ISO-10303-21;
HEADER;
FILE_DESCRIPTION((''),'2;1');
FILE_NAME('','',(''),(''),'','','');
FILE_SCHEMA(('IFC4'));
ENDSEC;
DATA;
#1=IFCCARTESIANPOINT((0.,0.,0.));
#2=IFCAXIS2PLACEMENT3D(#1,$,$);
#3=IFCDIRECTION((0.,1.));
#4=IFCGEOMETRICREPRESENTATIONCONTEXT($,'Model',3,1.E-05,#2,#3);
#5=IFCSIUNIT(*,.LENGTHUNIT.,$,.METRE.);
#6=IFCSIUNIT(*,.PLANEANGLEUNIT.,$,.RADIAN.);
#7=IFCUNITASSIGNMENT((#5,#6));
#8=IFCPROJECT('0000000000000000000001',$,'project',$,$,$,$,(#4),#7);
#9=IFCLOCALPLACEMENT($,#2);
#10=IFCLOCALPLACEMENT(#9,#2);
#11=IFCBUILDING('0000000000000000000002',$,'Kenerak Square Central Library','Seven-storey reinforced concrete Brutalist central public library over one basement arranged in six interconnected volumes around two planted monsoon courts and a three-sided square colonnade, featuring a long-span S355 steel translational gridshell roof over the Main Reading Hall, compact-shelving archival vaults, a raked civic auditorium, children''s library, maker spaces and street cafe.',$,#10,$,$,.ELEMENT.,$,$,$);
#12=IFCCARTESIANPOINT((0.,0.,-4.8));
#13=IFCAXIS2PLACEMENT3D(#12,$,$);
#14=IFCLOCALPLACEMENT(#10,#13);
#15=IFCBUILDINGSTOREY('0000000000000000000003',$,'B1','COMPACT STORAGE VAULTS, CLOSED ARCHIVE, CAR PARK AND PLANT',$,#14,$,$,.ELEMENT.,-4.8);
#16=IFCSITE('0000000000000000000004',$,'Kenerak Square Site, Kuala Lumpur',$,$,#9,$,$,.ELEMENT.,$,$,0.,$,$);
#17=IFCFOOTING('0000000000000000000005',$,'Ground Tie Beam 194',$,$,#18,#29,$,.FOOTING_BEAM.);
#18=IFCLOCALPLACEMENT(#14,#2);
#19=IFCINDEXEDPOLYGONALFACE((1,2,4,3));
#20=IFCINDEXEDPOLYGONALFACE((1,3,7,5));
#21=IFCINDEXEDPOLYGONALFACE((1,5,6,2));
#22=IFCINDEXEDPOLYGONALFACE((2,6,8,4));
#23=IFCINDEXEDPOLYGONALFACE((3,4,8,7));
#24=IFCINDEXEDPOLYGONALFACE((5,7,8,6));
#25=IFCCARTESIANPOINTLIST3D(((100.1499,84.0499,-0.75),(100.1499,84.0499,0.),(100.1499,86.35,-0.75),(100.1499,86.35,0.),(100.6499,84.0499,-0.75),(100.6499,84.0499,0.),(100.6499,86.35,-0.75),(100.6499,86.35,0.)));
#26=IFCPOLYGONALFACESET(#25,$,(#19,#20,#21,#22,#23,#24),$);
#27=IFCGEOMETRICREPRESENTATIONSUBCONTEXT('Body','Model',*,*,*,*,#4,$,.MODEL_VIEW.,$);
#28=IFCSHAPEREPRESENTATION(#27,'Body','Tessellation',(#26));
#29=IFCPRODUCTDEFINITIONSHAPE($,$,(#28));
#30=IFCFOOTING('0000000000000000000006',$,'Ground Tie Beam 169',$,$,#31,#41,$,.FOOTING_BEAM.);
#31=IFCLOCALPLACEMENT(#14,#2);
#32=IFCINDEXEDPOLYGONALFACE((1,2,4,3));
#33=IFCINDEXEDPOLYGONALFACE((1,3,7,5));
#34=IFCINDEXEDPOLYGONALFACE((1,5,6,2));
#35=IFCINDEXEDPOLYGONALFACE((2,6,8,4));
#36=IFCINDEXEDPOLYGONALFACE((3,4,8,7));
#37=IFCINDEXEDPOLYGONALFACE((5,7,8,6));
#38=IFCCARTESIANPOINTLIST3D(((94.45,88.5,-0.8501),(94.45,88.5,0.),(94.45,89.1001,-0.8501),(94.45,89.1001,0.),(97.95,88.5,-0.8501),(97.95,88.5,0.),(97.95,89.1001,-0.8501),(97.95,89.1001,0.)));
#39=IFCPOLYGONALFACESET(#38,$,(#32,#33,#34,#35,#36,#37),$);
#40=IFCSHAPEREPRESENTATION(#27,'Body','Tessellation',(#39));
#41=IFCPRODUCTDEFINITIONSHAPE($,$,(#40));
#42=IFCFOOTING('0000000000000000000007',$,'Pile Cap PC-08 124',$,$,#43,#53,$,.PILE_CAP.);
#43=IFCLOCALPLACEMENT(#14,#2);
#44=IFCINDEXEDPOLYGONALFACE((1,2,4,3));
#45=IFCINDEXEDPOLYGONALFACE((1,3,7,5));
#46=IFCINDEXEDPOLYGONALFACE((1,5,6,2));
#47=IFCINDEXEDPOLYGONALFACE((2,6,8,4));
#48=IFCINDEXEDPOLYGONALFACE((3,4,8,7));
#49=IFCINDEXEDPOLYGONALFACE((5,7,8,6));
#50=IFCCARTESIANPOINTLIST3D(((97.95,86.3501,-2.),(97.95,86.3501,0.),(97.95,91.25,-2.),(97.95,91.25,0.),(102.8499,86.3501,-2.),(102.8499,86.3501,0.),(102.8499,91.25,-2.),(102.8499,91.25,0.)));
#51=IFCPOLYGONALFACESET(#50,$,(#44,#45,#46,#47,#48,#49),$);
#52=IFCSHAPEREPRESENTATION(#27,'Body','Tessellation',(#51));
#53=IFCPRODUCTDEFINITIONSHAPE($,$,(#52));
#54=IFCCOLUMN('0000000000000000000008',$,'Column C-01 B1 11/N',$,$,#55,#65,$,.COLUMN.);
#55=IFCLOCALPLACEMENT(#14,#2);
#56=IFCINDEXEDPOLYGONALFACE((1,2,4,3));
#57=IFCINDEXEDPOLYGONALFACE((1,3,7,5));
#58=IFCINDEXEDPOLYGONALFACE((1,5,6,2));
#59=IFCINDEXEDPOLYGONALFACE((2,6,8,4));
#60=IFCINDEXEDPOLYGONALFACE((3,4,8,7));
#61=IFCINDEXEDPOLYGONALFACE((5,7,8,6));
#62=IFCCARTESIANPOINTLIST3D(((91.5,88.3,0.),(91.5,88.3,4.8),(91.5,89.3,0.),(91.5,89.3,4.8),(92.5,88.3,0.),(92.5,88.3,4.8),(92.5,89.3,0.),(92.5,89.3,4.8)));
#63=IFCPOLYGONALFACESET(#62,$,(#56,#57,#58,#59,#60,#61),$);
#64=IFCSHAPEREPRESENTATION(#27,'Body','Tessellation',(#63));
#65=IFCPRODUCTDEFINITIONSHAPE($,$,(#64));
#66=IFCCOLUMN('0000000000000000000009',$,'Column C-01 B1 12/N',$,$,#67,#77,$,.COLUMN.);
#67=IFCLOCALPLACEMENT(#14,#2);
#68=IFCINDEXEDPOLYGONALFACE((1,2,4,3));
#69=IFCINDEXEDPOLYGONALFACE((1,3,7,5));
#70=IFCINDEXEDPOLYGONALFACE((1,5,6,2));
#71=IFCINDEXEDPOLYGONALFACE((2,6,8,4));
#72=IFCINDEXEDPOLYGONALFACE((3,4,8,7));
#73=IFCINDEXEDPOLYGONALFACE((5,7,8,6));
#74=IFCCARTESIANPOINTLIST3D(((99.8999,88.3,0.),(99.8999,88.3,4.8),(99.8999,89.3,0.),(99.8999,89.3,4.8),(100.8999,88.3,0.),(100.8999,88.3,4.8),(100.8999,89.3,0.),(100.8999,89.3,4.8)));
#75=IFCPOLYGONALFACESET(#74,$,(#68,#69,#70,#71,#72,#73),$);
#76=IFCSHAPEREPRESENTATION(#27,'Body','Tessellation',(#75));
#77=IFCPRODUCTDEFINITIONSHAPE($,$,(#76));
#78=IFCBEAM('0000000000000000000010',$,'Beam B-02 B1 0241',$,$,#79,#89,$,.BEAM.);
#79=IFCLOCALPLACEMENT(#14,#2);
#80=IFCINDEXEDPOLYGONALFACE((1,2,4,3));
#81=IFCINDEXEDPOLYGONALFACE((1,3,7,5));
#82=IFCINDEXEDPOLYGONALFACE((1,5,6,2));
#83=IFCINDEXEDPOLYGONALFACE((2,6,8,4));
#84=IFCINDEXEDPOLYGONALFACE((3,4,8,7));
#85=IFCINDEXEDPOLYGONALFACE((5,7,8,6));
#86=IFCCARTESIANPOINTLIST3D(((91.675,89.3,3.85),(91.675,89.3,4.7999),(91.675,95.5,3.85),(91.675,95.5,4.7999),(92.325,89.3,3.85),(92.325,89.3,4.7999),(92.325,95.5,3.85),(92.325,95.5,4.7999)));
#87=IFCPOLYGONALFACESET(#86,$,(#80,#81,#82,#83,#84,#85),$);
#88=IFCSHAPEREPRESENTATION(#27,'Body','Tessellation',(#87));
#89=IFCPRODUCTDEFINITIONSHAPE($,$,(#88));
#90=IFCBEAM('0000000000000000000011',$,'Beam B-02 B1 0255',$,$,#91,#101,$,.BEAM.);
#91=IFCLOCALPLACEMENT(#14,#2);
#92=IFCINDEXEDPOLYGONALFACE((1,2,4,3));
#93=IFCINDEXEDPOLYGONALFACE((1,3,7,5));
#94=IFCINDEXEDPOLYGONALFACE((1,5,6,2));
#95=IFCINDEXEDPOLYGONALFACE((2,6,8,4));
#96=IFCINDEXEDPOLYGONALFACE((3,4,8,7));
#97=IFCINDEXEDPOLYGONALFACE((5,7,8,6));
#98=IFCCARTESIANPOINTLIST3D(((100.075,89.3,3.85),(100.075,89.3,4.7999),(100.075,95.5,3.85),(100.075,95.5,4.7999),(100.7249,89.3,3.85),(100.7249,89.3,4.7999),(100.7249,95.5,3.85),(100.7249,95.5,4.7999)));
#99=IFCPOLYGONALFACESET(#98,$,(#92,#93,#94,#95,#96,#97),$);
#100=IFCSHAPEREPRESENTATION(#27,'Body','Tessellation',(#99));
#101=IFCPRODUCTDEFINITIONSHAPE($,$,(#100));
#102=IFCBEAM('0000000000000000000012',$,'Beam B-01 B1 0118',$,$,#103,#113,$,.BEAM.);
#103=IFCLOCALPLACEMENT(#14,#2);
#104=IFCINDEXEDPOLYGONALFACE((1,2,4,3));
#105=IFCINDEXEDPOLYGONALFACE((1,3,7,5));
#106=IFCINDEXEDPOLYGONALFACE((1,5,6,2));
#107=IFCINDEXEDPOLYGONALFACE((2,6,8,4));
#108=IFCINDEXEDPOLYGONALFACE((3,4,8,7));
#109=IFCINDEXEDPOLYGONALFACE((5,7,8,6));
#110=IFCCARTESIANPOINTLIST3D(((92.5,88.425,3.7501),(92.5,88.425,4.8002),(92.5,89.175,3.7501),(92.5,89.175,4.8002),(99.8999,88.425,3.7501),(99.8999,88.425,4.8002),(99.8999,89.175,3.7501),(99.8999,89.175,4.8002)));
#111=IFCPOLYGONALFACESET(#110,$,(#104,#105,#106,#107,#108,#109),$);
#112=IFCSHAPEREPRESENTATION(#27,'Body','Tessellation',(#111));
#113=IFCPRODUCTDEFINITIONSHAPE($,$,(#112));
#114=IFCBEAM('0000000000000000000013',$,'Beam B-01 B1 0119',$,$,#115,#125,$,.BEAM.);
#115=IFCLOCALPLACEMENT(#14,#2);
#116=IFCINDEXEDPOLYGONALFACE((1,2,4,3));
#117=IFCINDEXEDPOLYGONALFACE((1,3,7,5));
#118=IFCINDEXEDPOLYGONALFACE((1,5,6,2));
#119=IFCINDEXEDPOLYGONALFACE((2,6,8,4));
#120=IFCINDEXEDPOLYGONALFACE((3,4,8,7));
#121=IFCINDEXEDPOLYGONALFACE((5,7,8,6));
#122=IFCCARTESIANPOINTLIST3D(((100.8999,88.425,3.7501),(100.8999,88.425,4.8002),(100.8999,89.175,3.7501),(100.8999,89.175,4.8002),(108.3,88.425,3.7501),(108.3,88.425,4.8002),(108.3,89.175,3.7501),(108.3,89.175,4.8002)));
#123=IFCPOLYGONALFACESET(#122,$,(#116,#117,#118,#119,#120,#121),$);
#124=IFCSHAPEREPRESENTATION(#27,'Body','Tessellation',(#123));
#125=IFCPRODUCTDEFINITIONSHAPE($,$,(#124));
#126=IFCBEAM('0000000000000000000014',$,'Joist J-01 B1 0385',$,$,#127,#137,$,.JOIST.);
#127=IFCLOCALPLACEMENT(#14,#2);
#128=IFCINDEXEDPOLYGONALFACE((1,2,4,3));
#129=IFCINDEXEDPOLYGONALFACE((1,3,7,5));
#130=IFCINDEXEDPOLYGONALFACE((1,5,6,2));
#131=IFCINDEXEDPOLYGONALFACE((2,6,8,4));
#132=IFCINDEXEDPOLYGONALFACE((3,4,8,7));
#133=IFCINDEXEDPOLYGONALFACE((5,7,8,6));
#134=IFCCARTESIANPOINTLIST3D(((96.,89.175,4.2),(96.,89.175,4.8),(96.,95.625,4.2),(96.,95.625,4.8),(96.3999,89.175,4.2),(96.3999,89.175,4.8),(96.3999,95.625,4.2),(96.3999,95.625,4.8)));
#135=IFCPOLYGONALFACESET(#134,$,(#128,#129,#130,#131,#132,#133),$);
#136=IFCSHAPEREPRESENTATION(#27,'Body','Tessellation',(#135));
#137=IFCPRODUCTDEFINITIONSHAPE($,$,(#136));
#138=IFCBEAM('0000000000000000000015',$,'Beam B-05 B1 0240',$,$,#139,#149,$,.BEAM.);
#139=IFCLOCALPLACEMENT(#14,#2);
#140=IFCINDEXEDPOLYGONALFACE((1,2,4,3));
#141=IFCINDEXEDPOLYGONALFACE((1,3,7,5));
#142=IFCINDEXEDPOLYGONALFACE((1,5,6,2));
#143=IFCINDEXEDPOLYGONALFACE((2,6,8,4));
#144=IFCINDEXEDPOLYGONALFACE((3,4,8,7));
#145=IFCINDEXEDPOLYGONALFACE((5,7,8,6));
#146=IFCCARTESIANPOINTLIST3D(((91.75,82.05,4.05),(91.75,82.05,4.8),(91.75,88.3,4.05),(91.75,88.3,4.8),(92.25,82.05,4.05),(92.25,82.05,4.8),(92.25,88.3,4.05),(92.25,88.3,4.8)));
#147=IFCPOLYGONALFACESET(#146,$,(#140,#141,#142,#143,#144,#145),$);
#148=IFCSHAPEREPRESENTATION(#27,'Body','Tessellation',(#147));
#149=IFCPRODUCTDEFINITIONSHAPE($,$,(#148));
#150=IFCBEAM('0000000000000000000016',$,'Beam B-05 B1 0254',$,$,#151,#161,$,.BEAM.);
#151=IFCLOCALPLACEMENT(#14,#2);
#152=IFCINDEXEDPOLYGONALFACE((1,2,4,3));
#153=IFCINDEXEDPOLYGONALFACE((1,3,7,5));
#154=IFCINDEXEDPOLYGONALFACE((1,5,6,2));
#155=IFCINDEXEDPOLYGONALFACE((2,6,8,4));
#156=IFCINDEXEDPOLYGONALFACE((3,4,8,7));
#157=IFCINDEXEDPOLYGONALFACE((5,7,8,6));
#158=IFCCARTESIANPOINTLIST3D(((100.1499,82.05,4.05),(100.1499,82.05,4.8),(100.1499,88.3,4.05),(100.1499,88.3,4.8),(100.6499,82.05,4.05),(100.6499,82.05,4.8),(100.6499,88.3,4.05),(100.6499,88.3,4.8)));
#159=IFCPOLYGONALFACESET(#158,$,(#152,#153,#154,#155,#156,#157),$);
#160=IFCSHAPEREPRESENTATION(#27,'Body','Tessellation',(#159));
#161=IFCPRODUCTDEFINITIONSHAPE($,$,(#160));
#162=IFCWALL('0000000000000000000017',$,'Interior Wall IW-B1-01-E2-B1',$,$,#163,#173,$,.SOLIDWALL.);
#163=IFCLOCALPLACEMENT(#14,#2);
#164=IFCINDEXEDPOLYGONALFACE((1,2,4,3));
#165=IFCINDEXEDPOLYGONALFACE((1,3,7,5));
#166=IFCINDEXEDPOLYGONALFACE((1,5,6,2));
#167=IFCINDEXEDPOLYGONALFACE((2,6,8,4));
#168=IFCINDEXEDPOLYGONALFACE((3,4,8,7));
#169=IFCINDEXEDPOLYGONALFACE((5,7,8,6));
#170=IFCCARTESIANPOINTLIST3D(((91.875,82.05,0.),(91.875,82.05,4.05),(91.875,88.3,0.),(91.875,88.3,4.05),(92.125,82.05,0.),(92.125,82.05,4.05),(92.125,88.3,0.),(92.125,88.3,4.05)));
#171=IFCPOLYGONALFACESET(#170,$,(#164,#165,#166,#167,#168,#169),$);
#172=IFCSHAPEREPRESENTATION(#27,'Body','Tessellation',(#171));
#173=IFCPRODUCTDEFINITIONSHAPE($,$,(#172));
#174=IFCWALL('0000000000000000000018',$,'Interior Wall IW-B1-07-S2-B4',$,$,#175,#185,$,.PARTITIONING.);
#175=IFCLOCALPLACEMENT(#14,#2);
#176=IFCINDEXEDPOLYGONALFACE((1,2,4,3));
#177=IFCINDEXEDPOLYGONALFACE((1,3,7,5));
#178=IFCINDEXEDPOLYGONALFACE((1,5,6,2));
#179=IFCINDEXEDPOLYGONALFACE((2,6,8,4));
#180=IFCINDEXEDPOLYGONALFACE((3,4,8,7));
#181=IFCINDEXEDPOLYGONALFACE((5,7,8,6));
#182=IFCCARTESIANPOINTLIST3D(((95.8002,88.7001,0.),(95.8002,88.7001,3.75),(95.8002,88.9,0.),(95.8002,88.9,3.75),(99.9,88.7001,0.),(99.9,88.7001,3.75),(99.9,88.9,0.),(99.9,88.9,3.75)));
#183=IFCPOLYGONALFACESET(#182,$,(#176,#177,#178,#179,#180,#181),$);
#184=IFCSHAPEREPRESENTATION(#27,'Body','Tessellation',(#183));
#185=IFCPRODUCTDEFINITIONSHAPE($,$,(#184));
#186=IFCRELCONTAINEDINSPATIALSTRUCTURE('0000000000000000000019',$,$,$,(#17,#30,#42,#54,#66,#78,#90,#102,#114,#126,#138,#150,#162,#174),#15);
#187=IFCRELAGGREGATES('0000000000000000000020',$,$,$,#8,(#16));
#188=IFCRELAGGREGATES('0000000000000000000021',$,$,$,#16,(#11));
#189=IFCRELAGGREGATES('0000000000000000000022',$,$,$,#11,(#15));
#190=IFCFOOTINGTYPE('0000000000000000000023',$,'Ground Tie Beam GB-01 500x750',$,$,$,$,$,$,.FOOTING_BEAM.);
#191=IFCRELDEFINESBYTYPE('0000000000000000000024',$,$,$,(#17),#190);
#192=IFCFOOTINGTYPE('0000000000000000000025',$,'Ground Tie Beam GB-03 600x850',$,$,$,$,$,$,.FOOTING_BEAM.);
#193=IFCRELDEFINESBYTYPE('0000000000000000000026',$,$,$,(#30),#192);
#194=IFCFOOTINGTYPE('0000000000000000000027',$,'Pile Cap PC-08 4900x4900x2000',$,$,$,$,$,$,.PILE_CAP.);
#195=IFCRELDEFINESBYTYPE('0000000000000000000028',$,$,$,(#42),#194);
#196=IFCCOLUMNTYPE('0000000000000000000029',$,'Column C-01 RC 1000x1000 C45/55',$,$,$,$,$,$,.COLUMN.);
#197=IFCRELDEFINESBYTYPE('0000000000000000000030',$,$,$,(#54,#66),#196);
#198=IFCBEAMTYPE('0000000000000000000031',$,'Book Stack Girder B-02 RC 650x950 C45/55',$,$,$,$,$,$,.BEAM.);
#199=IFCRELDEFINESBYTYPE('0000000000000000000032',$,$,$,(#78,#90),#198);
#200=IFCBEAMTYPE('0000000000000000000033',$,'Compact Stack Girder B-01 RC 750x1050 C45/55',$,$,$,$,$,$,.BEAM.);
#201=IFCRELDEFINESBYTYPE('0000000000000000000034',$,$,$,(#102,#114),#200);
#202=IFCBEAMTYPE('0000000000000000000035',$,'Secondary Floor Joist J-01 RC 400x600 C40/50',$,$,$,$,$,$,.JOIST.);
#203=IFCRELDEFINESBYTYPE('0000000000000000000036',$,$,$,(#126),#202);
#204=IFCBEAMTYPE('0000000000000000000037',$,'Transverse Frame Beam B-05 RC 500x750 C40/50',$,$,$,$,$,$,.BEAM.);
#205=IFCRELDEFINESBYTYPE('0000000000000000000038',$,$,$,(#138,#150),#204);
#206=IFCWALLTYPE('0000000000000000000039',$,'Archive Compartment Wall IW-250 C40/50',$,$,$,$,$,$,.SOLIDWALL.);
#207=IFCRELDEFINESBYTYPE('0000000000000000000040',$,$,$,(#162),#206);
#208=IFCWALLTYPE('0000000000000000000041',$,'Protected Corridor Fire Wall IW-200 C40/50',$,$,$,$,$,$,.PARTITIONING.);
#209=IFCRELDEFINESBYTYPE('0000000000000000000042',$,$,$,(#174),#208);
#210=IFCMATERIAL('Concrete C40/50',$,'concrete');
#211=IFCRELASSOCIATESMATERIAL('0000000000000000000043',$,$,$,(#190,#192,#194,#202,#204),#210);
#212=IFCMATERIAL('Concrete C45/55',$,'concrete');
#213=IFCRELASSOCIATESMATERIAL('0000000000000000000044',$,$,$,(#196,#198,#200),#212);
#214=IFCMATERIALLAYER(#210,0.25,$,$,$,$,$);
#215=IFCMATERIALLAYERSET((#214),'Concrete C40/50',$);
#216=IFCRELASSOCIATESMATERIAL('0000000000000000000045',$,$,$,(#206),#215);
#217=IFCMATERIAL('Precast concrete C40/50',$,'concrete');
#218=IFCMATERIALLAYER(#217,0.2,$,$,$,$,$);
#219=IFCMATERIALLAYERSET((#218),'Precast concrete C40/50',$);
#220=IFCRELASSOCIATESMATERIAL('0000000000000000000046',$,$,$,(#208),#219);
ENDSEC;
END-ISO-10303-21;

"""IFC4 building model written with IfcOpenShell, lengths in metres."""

from ifc_helpers import new_model, si_unit, direction, frame, frame_2d, origin, origin_2d, place, context, subcontext, project, spatial, rectangle, extrude, material, layer, layer_set, material_profile, profile_set, type_object, element, save


model = new_model("IFC4")

# Units and contexts
model_context = context("Model", 3, precision=1e-05, world=origin(), true_north=direction((0.0, 1.0)))
body_context = subcontext(model_context, "Body", "Model", "MODEL_VIEW")
ifc_project = project(units=[si_unit("LENGTHUNIT", "METRE"), si_unit("PLANEANGLEUNIT", "RADIAN")], contexts=[model_context])

# Site, building, storey
site_placement = place(None, origin())
site = spatial("IfcSite", under=ifc_project, at=site_placement, Name="Kenerak Square Site, Kuala Lumpur", CompositionType="ELEMENT", RefElevation=0.0)
building_placement = place(site_placement, origin())
building = spatial("IfcBuilding", under=site, at=building_placement, Name="Kenerak Square Central Library", Description="Seven-storey reinforced concrete Brutalist central public library over one basement arranged in six interconnected volumes around two planted monsoon courts and a three-sided square colonnade, featuring a long-span S355 steel translational gridshell roof over the Main Reading Hall, compact-shelving archival vaults, a raked civic auditorium, children's library, maker spaces and street cafe.", CompositionType="ELEMENT")
storey_placement = place(building_placement, frame((0.0, 0.0, -4.8)))
storey = spatial("IfcBuildingStorey", under=building, at=storey_placement, Name="B1", Description="COMPACT STORAGE VAULTS, CLOSED ARCHIVE, CAR PARK AND PLANT", CompositionType="ELEMENT", Elevation=-4.8)

# Shared definitions
ifc_material_1 = material(Name="Concrete C40/50", Category="concrete")

# Footings
footing_type_1 = type_object("IfcFootingType", Name="Ground Tie Beam GB-01 500x750", PredefinedType="FOOTING_BEAM", material=ifc_material_1)
footing_1_placement = place(storey_placement, frame((100.3999, 85.2, -0.75), z_axis=(0.0, 0.0, 1.0), x_axis=(1.0, 0.0, 0.0)))
element("IfcFooting", 1, at=footing_1_placement, inside=storey, type_object=footing_type_1, Name="Ground Tie Beam 194", PredefinedType="FOOTING_BEAM", context=body_context, shape_type="SweptSolid", body=[
    extrude(rectangle(XDim=0.5, YDim=2.3, at=origin_2d()), origin(), (0.0, 0.0, 1.0), 0.75),
])
footing_type_2 = type_object("IfcFootingType", Name="Ground Tie Beam GB-03 600x850", PredefinedType="FOOTING_BEAM", material=ifc_material_1)
footing_2_placement = place(storey_placement, frame((96.2, 88.8, -0.8501), z_axis=(0.0, 0.0, 1.0), x_axis=(1.0, 0.0, 0.0)))
element("IfcFooting", 2, at=footing_2_placement, inside=storey, type_object=footing_type_2, Name="Ground Tie Beam 169", PredefinedType="FOOTING_BEAM", context=body_context, shape_type="SweptSolid", body=[
    extrude(rectangle(XDim=3.5, YDim=0.6001, at=origin_2d()), origin(), (0.0, 0.0, 1.0), 0.8501),
])
footing_type_3 = type_object("IfcFootingType", Name="Pile Cap PC-08 4900x4900x2000", PredefinedType="PILE_CAP", material=ifc_material_1)
footing_3_placement = place(storey_placement, frame((100.3999, 88.8, -2.0), z_axis=(0.0, 0.0, 1.0), x_axis=(1.0, 0.0, 0.0)))
element("IfcFooting", 3, at=footing_3_placement, inside=storey, type_object=footing_type_3, Name="Pile Cap PC-08 124", PredefinedType="PILE_CAP", context=body_context, shape_type="SweptSolid", body=[
    extrude(rectangle(XDim=4.8999, YDim=4.8999, at=origin_2d()), origin(), (0.0, 0.0, 1.0), 2.0),
])

# Columns
ifc_material_2 = material(Name="Concrete C45/55", Category="concrete")
ifc_material_profile_1 = material_profile(ifc_material_2, rectangle(XDim=1.0, YDim=1.0, at=origin_2d()), Name="RC 1000x1000")
ifc_profile_set_1 = profile_set([ifc_material_profile_1], Name="Concrete C45/55")
column_type = type_object("IfcColumnType", Name="Column C-01 RC 1000x1000 C45/55", PredefinedType="COLUMN", material=ifc_profile_set_1)
for number, where, z_axis, x_axis, name in (
    (4, (92.0, 88.8, 0.0), (0.0, 0.0, 1.0), (1.0, 0.0, 0.0), "Column C-01 B1 11/N"),
    (5, (100.3999, 88.8, 0.0), (0.0, 0.0, 1.0), (1.0, 0.0, 0.0), "Column C-01 B1 12/N"),
):
    element("IfcColumn", number, at=place(storey_placement, frame(where, z_axis=z_axis, x_axis=x_axis)), inside=storey, type_object=column_type, Name=name, PredefinedType="COLUMN", context=body_context, shape_type="SweptSolid", body=[
        extrude(rectangle(XDim=1.0, YDim=1.0, at=origin_2d()), origin(), (0.0, 0.0, 1.0), 4.8),
    ])

# Beams
ifc_material_profile_2 = material_profile(ifc_material_2, rectangle(XDim=0.6499, YDim=0.95, at=origin_2d()), Name="RC 650x950")
ifc_profile_set_2 = profile_set([ifc_material_profile_2], Name="Concrete C45/55")
beam_type_1 = type_object("IfcBeamType", Name="Book Stack Girder B-02 RC 650x950 C45/55", PredefinedType="BEAM", material=ifc_profile_set_2)
for number, where, z_axis, x_axis, name in (
    (6, (92.0, 89.3, 4.325), (0.0, 1.0, 0.0), (-1.0, 0.0, 0.0), "Beam B-02 B1 0241"),
    (7, (100.3999, 89.3, 4.325), (0.0, 1.0, 0.0), (-1.0, 0.0, 0.0), "Beam B-02 B1 0255"),
):
    element("IfcBeam", number, at=place(storey_placement, frame(where, z_axis=z_axis, x_axis=x_axis)), inside=storey, type_object=beam_type_1, Name=name, PredefinedType="BEAM", context=body_context, shape_type="SweptSolid", body=[
        extrude(rectangle(XDim=0.6499, YDim=0.95, at=origin_2d()), origin(), (0.0, 0.0, 1.0), 6.2),
    ])
ifc_material_profile_3 = material_profile(ifc_material_2, rectangle(XDim=0.75, YDim=1.05, at=origin_2d()), Name="RC 750x1050")
ifc_profile_set_3 = profile_set([ifc_material_profile_3], Name="Concrete C45/55")
beam_type_2 = type_object("IfcBeamType", Name="Compact Stack Girder B-01 RC 750x1050 C45/55", PredefinedType="BEAM", material=ifc_profile_set_3)
beam_1_placement = place(storey_placement, frame((92.5, 88.8, 4.2751), z_axis=(1.0, 0.0, 0.0), x_axis=(0.0, 1.0, 0.0)))
element("IfcBeam", 8, at=beam_1_placement, inside=storey, type_object=beam_type_2, Name="Beam B-01 B1 0118", PredefinedType="BEAM", context=body_context, shape_type="SweptSolid", body=[
    extrude(rectangle(XDim=0.75, YDim=1.05, at=origin_2d()), origin(), (0.0, 0.0, 1.0), 7.3999),
])
beam_2_placement = place(storey_placement, frame((100.8999, 88.8, 4.2751), z_axis=(1.0, 0.0, 0.0), x_axis=(0.0, 1.0, 0.0)))
element("IfcBeam", 9, at=beam_2_placement, inside=storey, type_object=beam_type_2, Name="Beam B-01 B1 0119", PredefinedType="BEAM", context=body_context, shape_type="SweptSolid", body=[
    extrude(rectangle(XDim=0.75, YDim=1.05, at=origin_2d()), origin(), (0.0, 0.0, 1.0), 7.4001),
])
ifc_material_profile_4 = material_profile(ifc_material_1, rectangle(XDim=0.3999, YDim=0.6001, at=origin_2d()), Name="RC 400x600")
ifc_profile_set_4 = profile_set([ifc_material_profile_4], Name="Concrete C40/50")
beam_type_3 = type_object("IfcBeamType", Name="Secondary Floor Joist J-01 RC 400x600 C40/50", PredefinedType="JOIST", material=ifc_profile_set_4)
beam_3_placement = place(storey_placement, frame((96.2, 89.175, 4.5), z_axis=(0.0, 1.0, 0.0), x_axis=(-1.0, 0.0, 0.0)))
element("IfcBeam", 10, at=beam_3_placement, inside=storey, type_object=beam_type_3, Name="Joist J-01 B1 0385", PredefinedType="JOIST", context=body_context, shape_type="SweptSolid", body=[
    extrude(rectangle(XDim=0.3999, YDim=0.6001, at=origin_2d()), origin(), (0.0, 0.0, 1.0), 6.45),
])
ifc_material_profile_5 = material_profile(ifc_material_1, rectangle(XDim=0.5, YDim=0.75, at=origin_2d()), Name="RC 500x750")
ifc_profile_set_5 = profile_set([ifc_material_profile_5], Name="Concrete C40/50")
beam_type_4 = type_object("IfcBeamType", Name="Transverse Frame Beam B-05 RC 500x750 C40/50", PredefinedType="BEAM", material=ifc_profile_set_5)
for number, where, z_axis, x_axis, name in (
    (11, (92.0, 82.05, 4.425), (0.0, 1.0, 0.0), (-1.0, 0.0, 0.0), "Beam B-05 B1 0240"),
    (12, (100.3999, 82.05, 4.425), (0.0, 1.0, 0.0), (-1.0, 0.0, 0.0), "Beam B-05 B1 0254"),
):
    element("IfcBeam", number, at=place(storey_placement, frame(where, z_axis=z_axis, x_axis=x_axis)), inside=storey, type_object=beam_type_4, Name=name, PredefinedType="BEAM", context=body_context, shape_type="SweptSolid", body=[
        extrude(rectangle(XDim=0.5, YDim=0.75, at=origin_2d()), origin(), (0.0, 0.0, 1.0), 6.25),
    ])

# Walls
ifc_layer_1 = layer(ifc_material_1, 0.25)
ifc_layer_set_1 = layer_set([ifc_layer_1], Name="Concrete C40/50")
wall_type_1 = type_object("IfcWallType", Name="Archive Compartment Wall IW-250 C40/50", PredefinedType="SOLIDWALL", material=ifc_layer_set_1)
wall_1_placement = place(storey_placement, frame((92.0, 88.3, 0.0), z_axis=(0.0, 0.0, 1.0), x_axis=(0.0, -1.0, 0.0)))
element("IfcWall", 13, at=wall_1_placement, inside=storey, type_object=wall_type_1, Name="Interior Wall IW-B1-01-E2-B1", PredefinedType="SOLIDWALL", context=body_context, shape_type="SweptSolid", body=[
    extrude(rectangle(XDim=6.25, YDim=0.25, at=frame_2d((3.125, 0.0))), origin(), (0.0, 0.0, 1.0), 4.05),
])
ifc_material_3 = material(Name="Precast concrete C40/50", Category="concrete")
ifc_layer_2 = layer(ifc_material_3, 0.2)
ifc_layer_set_2 = layer_set([ifc_layer_2], Name="Precast concrete C40/50")
wall_type_2 = type_object("IfcWallType", Name="Protected Corridor Fire Wall IW-200 C40/50", PredefinedType="PARTITIONING", material=ifc_layer_set_2)
wall_2_placement = place(storey_placement, frame((99.8999, 88.8, 0.0), z_axis=(0.0, 0.0, 1.0), x_axis=(-1.0, 0.0, 0.0)))
element("IfcWall", 14, at=wall_2_placement, inside=storey, type_object=wall_type_2, Name="Interior Wall IW-B1-07-S2-B4", PredefinedType="PARTITIONING", context=body_context, shape_type="SweptSolid", body=[
    extrude(rectangle(XDim=4.0999, YDim=0.2, at=frame_2d((2.0498, 0.0))), origin(), (0.0, 0.0, 1.0), 3.75),
])

save(model, "model.ifc")
